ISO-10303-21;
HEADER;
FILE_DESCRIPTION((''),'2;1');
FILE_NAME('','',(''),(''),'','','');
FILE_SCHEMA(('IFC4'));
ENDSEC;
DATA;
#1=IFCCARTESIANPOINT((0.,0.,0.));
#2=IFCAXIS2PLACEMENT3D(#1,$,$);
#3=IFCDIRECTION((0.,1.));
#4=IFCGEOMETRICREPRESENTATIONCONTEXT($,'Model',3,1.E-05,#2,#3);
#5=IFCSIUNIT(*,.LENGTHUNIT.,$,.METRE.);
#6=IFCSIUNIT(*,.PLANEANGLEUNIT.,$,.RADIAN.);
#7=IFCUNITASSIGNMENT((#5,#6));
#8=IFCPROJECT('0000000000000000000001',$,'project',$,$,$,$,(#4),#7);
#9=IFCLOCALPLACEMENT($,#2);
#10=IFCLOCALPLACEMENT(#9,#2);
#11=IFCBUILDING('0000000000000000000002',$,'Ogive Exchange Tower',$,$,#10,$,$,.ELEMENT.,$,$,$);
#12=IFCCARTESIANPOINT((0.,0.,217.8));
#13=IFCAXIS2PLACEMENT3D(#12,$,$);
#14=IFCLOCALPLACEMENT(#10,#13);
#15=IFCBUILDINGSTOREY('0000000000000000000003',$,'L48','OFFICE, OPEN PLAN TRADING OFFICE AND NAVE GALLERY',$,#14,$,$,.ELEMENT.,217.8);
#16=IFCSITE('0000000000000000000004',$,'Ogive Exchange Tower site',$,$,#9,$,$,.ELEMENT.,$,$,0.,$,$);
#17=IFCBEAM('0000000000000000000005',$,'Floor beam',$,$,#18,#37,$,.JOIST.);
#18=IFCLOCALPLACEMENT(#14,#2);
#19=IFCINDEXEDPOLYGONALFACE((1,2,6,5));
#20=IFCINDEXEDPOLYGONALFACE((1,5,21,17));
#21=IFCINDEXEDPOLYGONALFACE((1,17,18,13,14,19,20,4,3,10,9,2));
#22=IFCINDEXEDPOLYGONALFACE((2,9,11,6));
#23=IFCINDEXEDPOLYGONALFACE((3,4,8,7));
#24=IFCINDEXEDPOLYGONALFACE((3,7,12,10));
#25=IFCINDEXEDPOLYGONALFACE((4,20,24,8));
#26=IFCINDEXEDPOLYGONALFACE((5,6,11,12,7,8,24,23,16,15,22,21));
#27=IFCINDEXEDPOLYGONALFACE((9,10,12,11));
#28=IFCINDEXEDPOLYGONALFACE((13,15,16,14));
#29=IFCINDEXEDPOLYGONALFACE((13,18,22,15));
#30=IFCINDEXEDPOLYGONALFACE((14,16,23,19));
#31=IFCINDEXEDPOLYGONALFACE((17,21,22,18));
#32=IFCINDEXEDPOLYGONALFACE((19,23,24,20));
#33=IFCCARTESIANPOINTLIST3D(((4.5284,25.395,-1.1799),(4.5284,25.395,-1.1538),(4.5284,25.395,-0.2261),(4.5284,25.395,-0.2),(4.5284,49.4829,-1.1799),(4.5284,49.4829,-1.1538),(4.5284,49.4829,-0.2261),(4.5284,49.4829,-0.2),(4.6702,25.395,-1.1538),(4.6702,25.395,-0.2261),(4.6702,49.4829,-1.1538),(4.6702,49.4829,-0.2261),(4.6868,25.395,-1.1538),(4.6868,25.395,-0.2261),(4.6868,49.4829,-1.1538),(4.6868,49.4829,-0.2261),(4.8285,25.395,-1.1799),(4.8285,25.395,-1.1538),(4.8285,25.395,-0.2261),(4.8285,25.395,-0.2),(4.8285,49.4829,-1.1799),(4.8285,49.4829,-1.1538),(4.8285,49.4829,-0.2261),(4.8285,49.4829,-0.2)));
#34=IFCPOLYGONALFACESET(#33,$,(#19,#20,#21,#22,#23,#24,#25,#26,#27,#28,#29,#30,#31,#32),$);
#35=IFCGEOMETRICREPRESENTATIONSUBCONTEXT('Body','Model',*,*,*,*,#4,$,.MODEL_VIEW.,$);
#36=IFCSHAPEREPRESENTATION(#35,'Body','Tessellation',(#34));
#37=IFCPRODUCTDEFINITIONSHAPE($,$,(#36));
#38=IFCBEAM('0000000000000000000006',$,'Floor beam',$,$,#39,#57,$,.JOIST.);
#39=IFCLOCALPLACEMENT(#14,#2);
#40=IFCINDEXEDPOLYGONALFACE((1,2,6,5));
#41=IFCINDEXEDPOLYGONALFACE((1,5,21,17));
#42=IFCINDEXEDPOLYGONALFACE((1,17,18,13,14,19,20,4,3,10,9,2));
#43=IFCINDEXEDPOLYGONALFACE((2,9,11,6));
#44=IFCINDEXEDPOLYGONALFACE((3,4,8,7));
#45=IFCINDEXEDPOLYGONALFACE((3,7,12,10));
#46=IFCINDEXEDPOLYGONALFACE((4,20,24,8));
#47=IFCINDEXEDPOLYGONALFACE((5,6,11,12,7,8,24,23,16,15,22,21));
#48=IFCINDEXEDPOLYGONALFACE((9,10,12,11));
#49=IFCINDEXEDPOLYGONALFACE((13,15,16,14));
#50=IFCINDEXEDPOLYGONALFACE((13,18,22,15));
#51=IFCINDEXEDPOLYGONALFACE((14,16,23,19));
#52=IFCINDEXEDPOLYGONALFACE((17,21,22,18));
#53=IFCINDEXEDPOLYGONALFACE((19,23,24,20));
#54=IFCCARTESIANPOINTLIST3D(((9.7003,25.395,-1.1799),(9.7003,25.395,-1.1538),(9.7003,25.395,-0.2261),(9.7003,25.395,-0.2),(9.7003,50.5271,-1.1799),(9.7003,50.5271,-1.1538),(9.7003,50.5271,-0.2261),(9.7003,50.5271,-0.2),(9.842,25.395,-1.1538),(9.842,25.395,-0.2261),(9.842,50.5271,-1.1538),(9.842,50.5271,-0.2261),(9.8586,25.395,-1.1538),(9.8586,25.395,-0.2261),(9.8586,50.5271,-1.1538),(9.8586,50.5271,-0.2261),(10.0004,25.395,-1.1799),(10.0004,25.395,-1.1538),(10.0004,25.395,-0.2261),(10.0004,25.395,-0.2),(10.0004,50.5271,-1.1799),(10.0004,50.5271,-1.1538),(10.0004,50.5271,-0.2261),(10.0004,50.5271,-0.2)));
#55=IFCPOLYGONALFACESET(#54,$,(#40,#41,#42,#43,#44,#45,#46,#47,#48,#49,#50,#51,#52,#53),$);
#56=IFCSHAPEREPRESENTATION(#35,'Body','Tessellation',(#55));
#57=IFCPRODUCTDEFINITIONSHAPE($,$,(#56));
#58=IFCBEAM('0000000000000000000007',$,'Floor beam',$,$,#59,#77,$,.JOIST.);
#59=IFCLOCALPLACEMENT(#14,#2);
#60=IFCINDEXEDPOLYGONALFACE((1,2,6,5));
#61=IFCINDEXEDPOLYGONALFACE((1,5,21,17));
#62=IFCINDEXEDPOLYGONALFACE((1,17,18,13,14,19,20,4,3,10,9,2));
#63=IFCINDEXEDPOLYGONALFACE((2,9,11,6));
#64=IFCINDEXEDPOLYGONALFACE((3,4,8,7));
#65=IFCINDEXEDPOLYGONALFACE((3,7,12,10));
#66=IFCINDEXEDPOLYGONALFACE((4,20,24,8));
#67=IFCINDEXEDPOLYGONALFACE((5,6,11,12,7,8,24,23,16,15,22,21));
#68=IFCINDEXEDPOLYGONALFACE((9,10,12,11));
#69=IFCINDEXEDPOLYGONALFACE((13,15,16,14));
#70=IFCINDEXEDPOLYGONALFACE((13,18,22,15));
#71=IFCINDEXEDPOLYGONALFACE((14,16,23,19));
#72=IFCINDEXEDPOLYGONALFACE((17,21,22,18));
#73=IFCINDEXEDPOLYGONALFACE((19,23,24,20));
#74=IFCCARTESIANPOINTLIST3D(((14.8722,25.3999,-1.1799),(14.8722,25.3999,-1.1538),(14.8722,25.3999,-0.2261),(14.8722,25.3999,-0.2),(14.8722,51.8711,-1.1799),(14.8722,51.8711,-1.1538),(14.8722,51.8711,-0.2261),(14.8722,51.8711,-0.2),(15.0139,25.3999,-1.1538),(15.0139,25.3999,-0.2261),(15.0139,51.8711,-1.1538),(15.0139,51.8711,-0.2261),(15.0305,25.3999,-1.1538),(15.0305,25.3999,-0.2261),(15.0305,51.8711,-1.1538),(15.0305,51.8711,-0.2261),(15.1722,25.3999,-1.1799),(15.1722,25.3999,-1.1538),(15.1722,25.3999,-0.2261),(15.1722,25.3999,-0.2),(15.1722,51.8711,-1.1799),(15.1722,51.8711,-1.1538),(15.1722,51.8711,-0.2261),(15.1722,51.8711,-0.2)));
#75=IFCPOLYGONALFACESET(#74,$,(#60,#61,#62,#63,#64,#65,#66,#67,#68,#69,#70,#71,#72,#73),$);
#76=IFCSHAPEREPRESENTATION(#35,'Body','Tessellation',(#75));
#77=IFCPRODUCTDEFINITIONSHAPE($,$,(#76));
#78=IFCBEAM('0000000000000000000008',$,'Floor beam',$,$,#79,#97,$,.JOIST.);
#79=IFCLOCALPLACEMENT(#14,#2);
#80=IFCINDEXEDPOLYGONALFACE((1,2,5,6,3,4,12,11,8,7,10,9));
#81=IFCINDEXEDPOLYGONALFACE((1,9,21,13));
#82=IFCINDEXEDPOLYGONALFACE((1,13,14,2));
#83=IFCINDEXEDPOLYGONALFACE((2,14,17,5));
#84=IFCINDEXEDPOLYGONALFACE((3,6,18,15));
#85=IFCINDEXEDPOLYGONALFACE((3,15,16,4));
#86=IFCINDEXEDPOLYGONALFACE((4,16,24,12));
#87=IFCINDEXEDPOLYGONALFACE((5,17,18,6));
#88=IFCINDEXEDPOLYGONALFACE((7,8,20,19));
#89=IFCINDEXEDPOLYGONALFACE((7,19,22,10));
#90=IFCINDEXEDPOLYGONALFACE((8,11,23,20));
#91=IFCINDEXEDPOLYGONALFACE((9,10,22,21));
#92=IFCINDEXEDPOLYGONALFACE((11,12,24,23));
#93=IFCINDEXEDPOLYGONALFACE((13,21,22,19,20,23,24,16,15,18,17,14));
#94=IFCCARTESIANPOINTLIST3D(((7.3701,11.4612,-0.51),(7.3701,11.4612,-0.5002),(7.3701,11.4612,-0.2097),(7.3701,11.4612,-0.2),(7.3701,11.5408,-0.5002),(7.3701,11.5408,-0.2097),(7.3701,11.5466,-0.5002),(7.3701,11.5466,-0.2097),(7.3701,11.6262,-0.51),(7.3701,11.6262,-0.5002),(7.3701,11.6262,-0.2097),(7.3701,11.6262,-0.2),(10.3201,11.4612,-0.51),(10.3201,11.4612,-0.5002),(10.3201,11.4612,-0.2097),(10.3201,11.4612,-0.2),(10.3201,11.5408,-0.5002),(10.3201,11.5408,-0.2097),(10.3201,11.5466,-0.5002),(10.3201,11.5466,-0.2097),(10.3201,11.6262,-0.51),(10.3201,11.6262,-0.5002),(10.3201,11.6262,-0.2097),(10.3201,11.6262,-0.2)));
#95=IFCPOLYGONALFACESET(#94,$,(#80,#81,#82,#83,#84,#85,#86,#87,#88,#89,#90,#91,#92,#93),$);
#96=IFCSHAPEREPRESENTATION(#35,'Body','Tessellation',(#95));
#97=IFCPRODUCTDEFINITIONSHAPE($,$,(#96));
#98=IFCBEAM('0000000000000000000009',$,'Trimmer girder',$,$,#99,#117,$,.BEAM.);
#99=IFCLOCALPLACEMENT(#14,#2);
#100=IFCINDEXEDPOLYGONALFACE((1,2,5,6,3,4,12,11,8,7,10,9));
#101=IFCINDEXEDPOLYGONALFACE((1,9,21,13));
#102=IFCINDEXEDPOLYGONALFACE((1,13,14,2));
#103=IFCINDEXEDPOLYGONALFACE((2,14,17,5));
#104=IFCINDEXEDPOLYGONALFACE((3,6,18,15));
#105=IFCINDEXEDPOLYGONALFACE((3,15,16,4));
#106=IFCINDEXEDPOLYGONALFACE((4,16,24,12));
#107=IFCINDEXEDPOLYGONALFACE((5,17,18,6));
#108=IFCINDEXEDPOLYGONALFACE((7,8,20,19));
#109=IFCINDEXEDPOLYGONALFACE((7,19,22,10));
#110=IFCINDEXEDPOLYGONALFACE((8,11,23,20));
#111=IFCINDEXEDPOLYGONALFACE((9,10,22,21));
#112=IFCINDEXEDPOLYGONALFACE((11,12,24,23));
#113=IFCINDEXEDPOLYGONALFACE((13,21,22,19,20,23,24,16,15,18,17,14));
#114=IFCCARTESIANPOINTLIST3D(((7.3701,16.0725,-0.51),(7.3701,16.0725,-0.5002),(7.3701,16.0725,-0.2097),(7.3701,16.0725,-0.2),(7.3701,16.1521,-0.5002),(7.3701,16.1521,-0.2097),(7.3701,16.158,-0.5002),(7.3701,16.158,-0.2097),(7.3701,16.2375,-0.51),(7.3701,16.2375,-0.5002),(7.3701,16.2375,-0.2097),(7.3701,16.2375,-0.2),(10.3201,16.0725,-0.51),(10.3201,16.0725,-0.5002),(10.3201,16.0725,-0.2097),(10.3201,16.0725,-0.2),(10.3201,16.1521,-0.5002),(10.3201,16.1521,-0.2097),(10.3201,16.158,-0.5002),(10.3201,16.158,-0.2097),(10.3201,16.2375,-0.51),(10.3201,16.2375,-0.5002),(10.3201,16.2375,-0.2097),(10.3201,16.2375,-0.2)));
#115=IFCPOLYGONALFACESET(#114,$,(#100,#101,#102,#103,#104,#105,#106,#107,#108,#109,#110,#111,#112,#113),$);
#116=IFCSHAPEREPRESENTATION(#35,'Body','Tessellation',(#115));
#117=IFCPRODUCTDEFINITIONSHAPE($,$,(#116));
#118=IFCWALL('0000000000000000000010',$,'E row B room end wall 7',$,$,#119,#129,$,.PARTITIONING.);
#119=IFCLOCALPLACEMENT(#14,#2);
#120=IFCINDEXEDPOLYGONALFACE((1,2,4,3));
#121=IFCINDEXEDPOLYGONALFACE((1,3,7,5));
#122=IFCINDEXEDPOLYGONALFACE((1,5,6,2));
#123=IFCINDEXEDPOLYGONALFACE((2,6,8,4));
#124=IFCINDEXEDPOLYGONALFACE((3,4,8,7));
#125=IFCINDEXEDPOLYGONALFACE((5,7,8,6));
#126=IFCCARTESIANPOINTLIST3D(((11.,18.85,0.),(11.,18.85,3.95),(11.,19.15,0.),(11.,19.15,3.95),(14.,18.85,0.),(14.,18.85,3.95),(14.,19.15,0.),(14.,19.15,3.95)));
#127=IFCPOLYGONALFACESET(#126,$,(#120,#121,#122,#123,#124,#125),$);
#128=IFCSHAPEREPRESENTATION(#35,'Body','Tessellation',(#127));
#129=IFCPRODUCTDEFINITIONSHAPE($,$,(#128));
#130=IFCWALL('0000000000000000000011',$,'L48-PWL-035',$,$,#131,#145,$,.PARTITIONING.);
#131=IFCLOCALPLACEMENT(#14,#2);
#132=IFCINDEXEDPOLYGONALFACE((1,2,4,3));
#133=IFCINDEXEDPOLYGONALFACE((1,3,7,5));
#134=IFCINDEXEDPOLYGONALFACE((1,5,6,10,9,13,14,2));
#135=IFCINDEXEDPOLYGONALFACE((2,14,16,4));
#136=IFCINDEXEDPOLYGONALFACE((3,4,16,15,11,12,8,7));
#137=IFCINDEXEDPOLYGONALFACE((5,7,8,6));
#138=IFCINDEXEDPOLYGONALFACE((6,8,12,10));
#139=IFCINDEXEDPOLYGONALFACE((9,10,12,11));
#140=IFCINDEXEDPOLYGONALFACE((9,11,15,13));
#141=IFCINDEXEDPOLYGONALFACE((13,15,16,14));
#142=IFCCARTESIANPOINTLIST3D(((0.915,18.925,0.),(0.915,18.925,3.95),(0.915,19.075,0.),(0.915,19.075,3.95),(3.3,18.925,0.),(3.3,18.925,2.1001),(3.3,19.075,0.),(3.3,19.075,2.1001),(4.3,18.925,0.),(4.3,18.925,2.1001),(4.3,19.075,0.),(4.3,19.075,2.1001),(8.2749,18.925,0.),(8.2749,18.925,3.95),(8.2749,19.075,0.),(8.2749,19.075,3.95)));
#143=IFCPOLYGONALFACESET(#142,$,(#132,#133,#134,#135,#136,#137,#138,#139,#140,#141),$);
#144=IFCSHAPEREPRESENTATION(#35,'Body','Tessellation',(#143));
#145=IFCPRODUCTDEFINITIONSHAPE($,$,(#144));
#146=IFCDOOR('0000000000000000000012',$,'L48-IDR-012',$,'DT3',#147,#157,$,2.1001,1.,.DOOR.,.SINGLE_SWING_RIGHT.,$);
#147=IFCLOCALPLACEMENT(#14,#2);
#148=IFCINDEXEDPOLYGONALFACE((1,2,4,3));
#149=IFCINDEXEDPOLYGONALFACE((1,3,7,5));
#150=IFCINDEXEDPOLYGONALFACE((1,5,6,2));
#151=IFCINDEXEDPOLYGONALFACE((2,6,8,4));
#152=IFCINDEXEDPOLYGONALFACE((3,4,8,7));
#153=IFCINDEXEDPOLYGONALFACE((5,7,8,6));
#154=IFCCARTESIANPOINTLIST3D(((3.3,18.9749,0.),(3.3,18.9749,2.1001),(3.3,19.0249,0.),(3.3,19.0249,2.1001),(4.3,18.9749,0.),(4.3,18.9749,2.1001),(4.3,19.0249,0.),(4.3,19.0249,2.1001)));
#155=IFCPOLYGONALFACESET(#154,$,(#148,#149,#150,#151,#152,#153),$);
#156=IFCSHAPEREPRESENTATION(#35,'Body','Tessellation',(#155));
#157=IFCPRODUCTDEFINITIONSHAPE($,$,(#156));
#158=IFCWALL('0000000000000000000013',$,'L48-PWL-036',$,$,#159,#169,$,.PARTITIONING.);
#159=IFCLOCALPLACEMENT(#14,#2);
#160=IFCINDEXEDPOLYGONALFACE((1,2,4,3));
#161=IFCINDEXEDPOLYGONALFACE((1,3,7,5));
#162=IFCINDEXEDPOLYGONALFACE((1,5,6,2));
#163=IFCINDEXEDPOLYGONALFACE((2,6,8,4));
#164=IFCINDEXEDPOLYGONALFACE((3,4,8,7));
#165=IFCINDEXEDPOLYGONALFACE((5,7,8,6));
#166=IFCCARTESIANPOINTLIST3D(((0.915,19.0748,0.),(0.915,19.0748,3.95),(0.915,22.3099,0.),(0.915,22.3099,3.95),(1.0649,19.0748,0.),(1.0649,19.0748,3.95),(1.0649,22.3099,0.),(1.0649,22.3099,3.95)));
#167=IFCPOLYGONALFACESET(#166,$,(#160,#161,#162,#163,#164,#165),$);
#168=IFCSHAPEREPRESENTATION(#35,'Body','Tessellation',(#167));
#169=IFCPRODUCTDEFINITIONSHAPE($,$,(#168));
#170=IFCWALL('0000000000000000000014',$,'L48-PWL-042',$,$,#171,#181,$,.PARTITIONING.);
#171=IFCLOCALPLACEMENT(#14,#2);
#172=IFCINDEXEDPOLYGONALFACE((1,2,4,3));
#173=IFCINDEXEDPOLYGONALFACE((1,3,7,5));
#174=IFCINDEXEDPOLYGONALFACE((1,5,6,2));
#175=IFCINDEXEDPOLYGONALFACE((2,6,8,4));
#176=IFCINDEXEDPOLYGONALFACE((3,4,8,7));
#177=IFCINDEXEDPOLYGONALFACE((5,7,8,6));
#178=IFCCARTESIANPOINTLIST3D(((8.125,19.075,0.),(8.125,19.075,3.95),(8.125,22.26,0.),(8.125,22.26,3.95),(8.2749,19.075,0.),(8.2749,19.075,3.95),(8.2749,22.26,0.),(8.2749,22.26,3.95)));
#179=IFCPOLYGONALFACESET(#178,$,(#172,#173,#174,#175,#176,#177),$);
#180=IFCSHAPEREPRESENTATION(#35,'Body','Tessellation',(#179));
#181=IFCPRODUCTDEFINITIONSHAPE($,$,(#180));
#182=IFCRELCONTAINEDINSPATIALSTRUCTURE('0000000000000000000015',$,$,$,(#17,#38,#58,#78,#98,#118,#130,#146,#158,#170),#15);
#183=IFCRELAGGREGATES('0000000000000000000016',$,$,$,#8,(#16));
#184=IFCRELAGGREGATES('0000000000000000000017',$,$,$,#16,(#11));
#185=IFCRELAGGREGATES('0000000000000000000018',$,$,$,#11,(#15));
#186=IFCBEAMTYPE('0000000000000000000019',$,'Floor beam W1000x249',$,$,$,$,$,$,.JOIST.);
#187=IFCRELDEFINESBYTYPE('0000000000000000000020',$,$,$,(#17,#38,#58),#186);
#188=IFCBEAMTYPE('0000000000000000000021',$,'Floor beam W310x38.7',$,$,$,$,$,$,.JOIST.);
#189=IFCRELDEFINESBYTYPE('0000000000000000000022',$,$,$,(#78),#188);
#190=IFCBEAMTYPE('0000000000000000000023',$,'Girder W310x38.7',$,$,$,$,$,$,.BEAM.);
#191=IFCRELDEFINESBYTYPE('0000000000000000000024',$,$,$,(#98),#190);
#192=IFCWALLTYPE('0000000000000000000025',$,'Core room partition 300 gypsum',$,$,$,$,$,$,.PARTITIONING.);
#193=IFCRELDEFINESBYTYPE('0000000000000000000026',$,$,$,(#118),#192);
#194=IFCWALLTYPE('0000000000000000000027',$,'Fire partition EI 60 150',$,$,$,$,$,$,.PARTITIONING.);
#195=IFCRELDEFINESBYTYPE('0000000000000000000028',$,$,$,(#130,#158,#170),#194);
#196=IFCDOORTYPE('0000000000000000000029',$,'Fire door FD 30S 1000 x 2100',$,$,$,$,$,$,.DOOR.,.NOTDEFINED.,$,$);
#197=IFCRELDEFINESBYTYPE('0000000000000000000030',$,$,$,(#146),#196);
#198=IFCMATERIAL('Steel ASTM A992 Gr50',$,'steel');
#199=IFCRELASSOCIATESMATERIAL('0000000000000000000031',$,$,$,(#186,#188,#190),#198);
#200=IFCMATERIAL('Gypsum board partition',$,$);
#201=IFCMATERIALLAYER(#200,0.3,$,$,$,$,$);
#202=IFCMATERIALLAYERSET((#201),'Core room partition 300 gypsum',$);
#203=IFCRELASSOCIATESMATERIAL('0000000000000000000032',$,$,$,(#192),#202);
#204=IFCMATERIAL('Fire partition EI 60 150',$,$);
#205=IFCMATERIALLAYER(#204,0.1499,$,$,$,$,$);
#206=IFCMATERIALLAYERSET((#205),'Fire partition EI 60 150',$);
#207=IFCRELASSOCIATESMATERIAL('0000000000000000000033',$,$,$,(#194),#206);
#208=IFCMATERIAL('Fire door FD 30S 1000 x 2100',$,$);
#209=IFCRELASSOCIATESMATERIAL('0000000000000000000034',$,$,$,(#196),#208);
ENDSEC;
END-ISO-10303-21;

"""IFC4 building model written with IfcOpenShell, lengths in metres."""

from ifc_helpers import new_model, si_unit, direction, frame, frame_2d, origin, origin_2d, place, context, subcontext, project, spatial, rectangle, i_section, extrude, material, layer, layer_set, material_profile, profile_set, type_object, element, fill, save


model = new_model("IFC4")

# Units and contexts
model_context = context("Model", 3, precision=1e-05, world=origin(), true_north=direction((0.0, 1.0)))
body_context = subcontext(model_context, "Body", "Model", "MODEL_VIEW")
ifc_project = project(units=[si_unit("LENGTHUNIT", "METRE"), si_unit("PLANEANGLEUNIT", "RADIAN")], contexts=[model_context])

# Site, building, storey
site_placement = place(None, origin())
site = spatial("IfcSite", under=ifc_project, at=site_placement, Name="Ogive Exchange Tower site", CompositionType="ELEMENT", RefElevation=0.0)
building_placement = place(site_placement, origin())
building = spatial("IfcBuilding", under=site, at=building_placement, Name="Ogive Exchange Tower", CompositionType="ELEMENT")
storey_placement = place(building_placement, frame((0.0, 0.0, 217.8)))
storey = spatial("IfcBuildingStorey", under=building, at=storey_placement, Name="L48", Description="OFFICE, OPEN PLAN TRADING OFFICE AND NAVE GALLERY", CompositionType="ELEMENT", Elevation=217.8)

# Beams
ifc_material_1 = material(Name="Steel ASTM A992 Gr50", Category="steel")
ifc_material_profile_1 = material_profile(ifc_material_1, i_section(OverallWidth=0.3, OverallDepth=0.98, WebThickness=0.0166, FlangeThickness=0.0261, at=origin_2d()), Name="W1000x249")
ifc_profile_set_1 = profile_set([ifc_material_profile_1], Name="Steel ASTM A992 Gr50")
beam_type_1 = type_object("IfcBeamType", Name="Floor beam W1000x249", PredefinedType="JOIST", material=ifc_profile_set_1)
beam_1_placement = place(storey_placement, frame((4.6785, 25.395, -0.6899), z_axis=(0.0, 1.0, 0.0), x_axis=(-1.0, 0.0, 0.0)))
element("IfcBeam", 1, at=beam_1_placement, inside=storey, type_object=beam_type_1, Name="Floor beam", PredefinedType="JOIST", context=body_context, shape_type="SweptSolid", body=[
    extrude(i_section(OverallWidth=0.3, OverallDepth=0.98, WebThickness=0.0166, FlangeThickness=0.0261, at=origin_2d()), origin(), (0.0, 0.0, 1.0), 24.0879),
])
beam_2_placement = place(storey_placement, frame((9.8503, 25.395, -0.6899), z_axis=(0.0, 1.0, 0.0), x_axis=(-1.0, 0.0, 0.0)))
element("IfcBeam", 2, at=beam_2_placement, inside=storey, type_object=beam_type_1, Name="Floor beam", PredefinedType="JOIST", context=body_context, shape_type="SweptSolid", body=[
    extrude(i_section(OverallWidth=0.3, OverallDepth=0.98, WebThickness=0.0166, FlangeThickness=0.0261, at=origin_2d()), origin(), (0.0, 0.0, 1.0), 25.1321),
])
beam_3_placement = place(storey_placement, frame((15.0222, 25.3999, -0.6899), z_axis=(0.0, 1.0, 0.0), x_axis=(-1.0, 0.0, 0.0)))
element("IfcBeam", 3, at=beam_3_placement, inside=storey, type_object=beam_type_1, Name="Floor beam", PredefinedType="JOIST", context=body_context, shape_type="SweptSolid", body=[
    extrude(i_section(OverallWidth=0.3, OverallDepth=0.98, WebThickness=0.0166, FlangeThickness=0.0261, at=origin_2d()), origin(), (0.0, 0.0, 1.0), 26.4712),
])
ifc_material_profile_2 = material_profile(ifc_material_1, i_section(OverallWidth=0.165, OverallDepth=0.3101, WebThickness=0.0059, FlangeThickness=0.0098, at=origin_2d()), Name="W310x38.7")
ifc_profile_set_2 = profile_set([ifc_material_profile_2], Name="Steel ASTM A992 Gr50")
beam_type_2 = type_object("IfcBeamType", Name="Floor beam W310x38.7", PredefinedType="JOIST", material=ifc_profile_set_2)
beam_4_placement = place(storey_placement, frame((7.3701, 11.5437, -0.355), z_axis=(1.0, 0.0, 0.0), x_axis=(0.0, 1.0, 0.0)))
element("IfcBeam", 4, at=beam_4_placement, inside=storey, type_object=beam_type_2, Name="Floor beam", PredefinedType="JOIST", context=body_context, shape_type="SweptSolid", body=[
    extrude(i_section(OverallWidth=0.165, OverallDepth=0.3101, WebThickness=0.0059, FlangeThickness=0.0098, at=origin_2d()), origin(), (0.0, 0.0, 1.0), 2.95),
])
ifc_material_profile_3 = material_profile(ifc_material_1, i_section(OverallWidth=0.165, OverallDepth=0.3101, WebThickness=0.0059, FlangeThickness=0.0098, at=origin_2d()), Name="W310x38.7")
ifc_profile_set_3 = profile_set([ifc_material_profile_3], Name="Steel ASTM A992 Gr50")
beam_type_3 = type_object("IfcBeamType", Name="Girder W310x38.7", PredefinedType="BEAM", material=ifc_profile_set_3)
beam_5_placement = place(storey_placement, frame((7.3701, 16.155, -0.355), z_axis=(1.0, 0.0, 0.0), x_axis=(0.0, 1.0, 0.0)))
element("IfcBeam", 5, at=beam_5_placement, inside=storey, type_object=beam_type_3, Name="Trimmer girder", PredefinedType="BEAM", context=body_context, shape_type="SweptSolid", body=[
    extrude(i_section(OverallWidth=0.165, OverallDepth=0.3101, WebThickness=0.0059, FlangeThickness=0.0098, at=origin_2d()), origin(), (0.0, 0.0, 1.0), 2.95),
])

# Wall
ifc_material_2 = material(Name="Gypsum board partition")
ifc_layer_1 = layer(ifc_material_2, 0.3)
ifc_layer_set_1 = layer_set([ifc_layer_1], Name="Core room partition 300 gypsum")
wall_type_1 = type_object("IfcWallType", Name="Core room partition 300 gypsum", PredefinedType="PARTITIONING", material=ifc_layer_set_1)
wall_1_placement = place(storey_placement, frame((11.0, 19.0, 0.0), z_axis=(0.0, 0.0, 1.0), x_axis=(1.0, 0.0, 0.0)))
element("IfcWall", 6, at=wall_1_placement, inside=storey, type_object=wall_type_1, Name="E row B room end wall 7", PredefinedType="PARTITIONING", context=body_context, shape_type="SweptSolid", body=[
    extrude(rectangle(XDim=3.0, YDim=0.3, at=frame_2d((1.5, 0.0))), origin(), (0.0, 0.0, 1.0), 3.95),
])

# Wall, opening, door
ifc_material_3 = material(Name="Fire partition EI 60 150")
ifc_layer_2 = layer(ifc_material_3, 0.1499)
ifc_layer_set_2 = layer_set([ifc_layer_2], Name="Fire partition EI 60 150")
wall_type_2 = type_object("IfcWallType", Name="Fire partition EI 60 150", PredefinedType="PARTITIONING", material=ifc_layer_set_2)
wall_2_placement = place(storey_placement, frame((0.915, 19.0, 0.0), z_axis=(0.0, 0.0, 1.0), x_axis=(1.0, 0.0, 0.0)))
wall_2 = element("IfcWall", 7, at=wall_2_placement, inside=storey, type_object=wall_type_2, Name="L48-PWL-035", PredefinedType="PARTITIONING", context=body_context, shape_type="SweptSolid", body=[
    extrude(rectangle(XDim=7.3599, YDim=0.1499, at=frame_2d((3.6799, 0.0))), origin(), (0.0, 0.0, 1.0), 3.95),
])
opening_1_placement = place(wall_2_placement, frame((2.385, 0.0, 0.0)))
opening_1 = element("IfcOpeningElement", 8, at=opening_1_placement, cuts=wall_2, PredefinedType="OPENING", context=body_context, shape_type="SweptSolid", body=[
    extrude(rectangle(XDim=1.0, YDim=2.1001, at=frame_2d((0.5, 1.05))), frame((0.0, 0.085, 0.0), z_axis=(0.0, -1.0, 0.0), x_axis=(1.0, 0.0, 0.0)), (0.0, 0.0, 1.0), 0.1699),
])
ifc_material_4 = material(Name="Fire door FD 30S 1000 x 2100")
door_type_1 = type_object("IfcDoorType", Name="Fire door FD 30S 1000 x 2100", OperationType="NOTDEFINED", PredefinedType="DOOR", material=ifc_material_4)
door_1_placement = place(opening_1_placement, origin())
door_1 = element("IfcDoor", 9, at=door_1_placement, inside=storey, type_object=door_type_1, Name="L48-IDR-012", ObjectType="DT3", OperationType="SINGLE_SWING_RIGHT", OverallHeight=2.1001, OverallWidth=1.0, PredefinedType="DOOR", context=body_context, shape_type="SweptSolid", body=[
    extrude(rectangle(XDim=1.0, YDim=2.1001, at=frame_2d((0.5, 1.05))), frame((0.0, 0.0249, 0.0), z_axis=(0.0, -1.0, 0.0), x_axis=(1.0, 0.0, 0.0)), (0.0, 0.0, 1.0), 0.05),
])
fill(opening_1, door_1)

# Walls
wall_3_placement = place(storey_placement, frame((0.99, 22.3101, 0.0), z_axis=(0.0, 0.0, 1.0), x_axis=(0.0, -1.0, 0.0)))
element("IfcWall", 10, at=wall_3_placement, inside=storey, type_object=wall_type_2, Name="L48-PWL-036", PredefinedType="PARTITIONING", context=body_context, shape_type="SweptSolid", body=[
    extrude(rectangle(XDim=3.2351, YDim=0.1499, at=frame_2d((1.6177, 0.0))), origin(), (0.0, 0.0, 1.0), 3.95),
])
wall_4_placement = place(storey_placement, frame((8.2, 19.075, 0.0), z_axis=(0.0, 0.0, 1.0), x_axis=(0.0, 1.0, 0.0)))
element("IfcWall", 11, at=wall_4_placement, inside=storey, type_object=wall_type_2, Name="L48-PWL-042", PredefinedType="PARTITIONING", context=body_context, shape_type="SweptSolid", body=[
    extrude(rectangle(XDim=3.1851, YDim=0.1499, at=frame_2d((1.5925, 0.0))), origin(), (0.0, 0.0, 1.0), 3.95),
])

save(model, "model.ifc")
